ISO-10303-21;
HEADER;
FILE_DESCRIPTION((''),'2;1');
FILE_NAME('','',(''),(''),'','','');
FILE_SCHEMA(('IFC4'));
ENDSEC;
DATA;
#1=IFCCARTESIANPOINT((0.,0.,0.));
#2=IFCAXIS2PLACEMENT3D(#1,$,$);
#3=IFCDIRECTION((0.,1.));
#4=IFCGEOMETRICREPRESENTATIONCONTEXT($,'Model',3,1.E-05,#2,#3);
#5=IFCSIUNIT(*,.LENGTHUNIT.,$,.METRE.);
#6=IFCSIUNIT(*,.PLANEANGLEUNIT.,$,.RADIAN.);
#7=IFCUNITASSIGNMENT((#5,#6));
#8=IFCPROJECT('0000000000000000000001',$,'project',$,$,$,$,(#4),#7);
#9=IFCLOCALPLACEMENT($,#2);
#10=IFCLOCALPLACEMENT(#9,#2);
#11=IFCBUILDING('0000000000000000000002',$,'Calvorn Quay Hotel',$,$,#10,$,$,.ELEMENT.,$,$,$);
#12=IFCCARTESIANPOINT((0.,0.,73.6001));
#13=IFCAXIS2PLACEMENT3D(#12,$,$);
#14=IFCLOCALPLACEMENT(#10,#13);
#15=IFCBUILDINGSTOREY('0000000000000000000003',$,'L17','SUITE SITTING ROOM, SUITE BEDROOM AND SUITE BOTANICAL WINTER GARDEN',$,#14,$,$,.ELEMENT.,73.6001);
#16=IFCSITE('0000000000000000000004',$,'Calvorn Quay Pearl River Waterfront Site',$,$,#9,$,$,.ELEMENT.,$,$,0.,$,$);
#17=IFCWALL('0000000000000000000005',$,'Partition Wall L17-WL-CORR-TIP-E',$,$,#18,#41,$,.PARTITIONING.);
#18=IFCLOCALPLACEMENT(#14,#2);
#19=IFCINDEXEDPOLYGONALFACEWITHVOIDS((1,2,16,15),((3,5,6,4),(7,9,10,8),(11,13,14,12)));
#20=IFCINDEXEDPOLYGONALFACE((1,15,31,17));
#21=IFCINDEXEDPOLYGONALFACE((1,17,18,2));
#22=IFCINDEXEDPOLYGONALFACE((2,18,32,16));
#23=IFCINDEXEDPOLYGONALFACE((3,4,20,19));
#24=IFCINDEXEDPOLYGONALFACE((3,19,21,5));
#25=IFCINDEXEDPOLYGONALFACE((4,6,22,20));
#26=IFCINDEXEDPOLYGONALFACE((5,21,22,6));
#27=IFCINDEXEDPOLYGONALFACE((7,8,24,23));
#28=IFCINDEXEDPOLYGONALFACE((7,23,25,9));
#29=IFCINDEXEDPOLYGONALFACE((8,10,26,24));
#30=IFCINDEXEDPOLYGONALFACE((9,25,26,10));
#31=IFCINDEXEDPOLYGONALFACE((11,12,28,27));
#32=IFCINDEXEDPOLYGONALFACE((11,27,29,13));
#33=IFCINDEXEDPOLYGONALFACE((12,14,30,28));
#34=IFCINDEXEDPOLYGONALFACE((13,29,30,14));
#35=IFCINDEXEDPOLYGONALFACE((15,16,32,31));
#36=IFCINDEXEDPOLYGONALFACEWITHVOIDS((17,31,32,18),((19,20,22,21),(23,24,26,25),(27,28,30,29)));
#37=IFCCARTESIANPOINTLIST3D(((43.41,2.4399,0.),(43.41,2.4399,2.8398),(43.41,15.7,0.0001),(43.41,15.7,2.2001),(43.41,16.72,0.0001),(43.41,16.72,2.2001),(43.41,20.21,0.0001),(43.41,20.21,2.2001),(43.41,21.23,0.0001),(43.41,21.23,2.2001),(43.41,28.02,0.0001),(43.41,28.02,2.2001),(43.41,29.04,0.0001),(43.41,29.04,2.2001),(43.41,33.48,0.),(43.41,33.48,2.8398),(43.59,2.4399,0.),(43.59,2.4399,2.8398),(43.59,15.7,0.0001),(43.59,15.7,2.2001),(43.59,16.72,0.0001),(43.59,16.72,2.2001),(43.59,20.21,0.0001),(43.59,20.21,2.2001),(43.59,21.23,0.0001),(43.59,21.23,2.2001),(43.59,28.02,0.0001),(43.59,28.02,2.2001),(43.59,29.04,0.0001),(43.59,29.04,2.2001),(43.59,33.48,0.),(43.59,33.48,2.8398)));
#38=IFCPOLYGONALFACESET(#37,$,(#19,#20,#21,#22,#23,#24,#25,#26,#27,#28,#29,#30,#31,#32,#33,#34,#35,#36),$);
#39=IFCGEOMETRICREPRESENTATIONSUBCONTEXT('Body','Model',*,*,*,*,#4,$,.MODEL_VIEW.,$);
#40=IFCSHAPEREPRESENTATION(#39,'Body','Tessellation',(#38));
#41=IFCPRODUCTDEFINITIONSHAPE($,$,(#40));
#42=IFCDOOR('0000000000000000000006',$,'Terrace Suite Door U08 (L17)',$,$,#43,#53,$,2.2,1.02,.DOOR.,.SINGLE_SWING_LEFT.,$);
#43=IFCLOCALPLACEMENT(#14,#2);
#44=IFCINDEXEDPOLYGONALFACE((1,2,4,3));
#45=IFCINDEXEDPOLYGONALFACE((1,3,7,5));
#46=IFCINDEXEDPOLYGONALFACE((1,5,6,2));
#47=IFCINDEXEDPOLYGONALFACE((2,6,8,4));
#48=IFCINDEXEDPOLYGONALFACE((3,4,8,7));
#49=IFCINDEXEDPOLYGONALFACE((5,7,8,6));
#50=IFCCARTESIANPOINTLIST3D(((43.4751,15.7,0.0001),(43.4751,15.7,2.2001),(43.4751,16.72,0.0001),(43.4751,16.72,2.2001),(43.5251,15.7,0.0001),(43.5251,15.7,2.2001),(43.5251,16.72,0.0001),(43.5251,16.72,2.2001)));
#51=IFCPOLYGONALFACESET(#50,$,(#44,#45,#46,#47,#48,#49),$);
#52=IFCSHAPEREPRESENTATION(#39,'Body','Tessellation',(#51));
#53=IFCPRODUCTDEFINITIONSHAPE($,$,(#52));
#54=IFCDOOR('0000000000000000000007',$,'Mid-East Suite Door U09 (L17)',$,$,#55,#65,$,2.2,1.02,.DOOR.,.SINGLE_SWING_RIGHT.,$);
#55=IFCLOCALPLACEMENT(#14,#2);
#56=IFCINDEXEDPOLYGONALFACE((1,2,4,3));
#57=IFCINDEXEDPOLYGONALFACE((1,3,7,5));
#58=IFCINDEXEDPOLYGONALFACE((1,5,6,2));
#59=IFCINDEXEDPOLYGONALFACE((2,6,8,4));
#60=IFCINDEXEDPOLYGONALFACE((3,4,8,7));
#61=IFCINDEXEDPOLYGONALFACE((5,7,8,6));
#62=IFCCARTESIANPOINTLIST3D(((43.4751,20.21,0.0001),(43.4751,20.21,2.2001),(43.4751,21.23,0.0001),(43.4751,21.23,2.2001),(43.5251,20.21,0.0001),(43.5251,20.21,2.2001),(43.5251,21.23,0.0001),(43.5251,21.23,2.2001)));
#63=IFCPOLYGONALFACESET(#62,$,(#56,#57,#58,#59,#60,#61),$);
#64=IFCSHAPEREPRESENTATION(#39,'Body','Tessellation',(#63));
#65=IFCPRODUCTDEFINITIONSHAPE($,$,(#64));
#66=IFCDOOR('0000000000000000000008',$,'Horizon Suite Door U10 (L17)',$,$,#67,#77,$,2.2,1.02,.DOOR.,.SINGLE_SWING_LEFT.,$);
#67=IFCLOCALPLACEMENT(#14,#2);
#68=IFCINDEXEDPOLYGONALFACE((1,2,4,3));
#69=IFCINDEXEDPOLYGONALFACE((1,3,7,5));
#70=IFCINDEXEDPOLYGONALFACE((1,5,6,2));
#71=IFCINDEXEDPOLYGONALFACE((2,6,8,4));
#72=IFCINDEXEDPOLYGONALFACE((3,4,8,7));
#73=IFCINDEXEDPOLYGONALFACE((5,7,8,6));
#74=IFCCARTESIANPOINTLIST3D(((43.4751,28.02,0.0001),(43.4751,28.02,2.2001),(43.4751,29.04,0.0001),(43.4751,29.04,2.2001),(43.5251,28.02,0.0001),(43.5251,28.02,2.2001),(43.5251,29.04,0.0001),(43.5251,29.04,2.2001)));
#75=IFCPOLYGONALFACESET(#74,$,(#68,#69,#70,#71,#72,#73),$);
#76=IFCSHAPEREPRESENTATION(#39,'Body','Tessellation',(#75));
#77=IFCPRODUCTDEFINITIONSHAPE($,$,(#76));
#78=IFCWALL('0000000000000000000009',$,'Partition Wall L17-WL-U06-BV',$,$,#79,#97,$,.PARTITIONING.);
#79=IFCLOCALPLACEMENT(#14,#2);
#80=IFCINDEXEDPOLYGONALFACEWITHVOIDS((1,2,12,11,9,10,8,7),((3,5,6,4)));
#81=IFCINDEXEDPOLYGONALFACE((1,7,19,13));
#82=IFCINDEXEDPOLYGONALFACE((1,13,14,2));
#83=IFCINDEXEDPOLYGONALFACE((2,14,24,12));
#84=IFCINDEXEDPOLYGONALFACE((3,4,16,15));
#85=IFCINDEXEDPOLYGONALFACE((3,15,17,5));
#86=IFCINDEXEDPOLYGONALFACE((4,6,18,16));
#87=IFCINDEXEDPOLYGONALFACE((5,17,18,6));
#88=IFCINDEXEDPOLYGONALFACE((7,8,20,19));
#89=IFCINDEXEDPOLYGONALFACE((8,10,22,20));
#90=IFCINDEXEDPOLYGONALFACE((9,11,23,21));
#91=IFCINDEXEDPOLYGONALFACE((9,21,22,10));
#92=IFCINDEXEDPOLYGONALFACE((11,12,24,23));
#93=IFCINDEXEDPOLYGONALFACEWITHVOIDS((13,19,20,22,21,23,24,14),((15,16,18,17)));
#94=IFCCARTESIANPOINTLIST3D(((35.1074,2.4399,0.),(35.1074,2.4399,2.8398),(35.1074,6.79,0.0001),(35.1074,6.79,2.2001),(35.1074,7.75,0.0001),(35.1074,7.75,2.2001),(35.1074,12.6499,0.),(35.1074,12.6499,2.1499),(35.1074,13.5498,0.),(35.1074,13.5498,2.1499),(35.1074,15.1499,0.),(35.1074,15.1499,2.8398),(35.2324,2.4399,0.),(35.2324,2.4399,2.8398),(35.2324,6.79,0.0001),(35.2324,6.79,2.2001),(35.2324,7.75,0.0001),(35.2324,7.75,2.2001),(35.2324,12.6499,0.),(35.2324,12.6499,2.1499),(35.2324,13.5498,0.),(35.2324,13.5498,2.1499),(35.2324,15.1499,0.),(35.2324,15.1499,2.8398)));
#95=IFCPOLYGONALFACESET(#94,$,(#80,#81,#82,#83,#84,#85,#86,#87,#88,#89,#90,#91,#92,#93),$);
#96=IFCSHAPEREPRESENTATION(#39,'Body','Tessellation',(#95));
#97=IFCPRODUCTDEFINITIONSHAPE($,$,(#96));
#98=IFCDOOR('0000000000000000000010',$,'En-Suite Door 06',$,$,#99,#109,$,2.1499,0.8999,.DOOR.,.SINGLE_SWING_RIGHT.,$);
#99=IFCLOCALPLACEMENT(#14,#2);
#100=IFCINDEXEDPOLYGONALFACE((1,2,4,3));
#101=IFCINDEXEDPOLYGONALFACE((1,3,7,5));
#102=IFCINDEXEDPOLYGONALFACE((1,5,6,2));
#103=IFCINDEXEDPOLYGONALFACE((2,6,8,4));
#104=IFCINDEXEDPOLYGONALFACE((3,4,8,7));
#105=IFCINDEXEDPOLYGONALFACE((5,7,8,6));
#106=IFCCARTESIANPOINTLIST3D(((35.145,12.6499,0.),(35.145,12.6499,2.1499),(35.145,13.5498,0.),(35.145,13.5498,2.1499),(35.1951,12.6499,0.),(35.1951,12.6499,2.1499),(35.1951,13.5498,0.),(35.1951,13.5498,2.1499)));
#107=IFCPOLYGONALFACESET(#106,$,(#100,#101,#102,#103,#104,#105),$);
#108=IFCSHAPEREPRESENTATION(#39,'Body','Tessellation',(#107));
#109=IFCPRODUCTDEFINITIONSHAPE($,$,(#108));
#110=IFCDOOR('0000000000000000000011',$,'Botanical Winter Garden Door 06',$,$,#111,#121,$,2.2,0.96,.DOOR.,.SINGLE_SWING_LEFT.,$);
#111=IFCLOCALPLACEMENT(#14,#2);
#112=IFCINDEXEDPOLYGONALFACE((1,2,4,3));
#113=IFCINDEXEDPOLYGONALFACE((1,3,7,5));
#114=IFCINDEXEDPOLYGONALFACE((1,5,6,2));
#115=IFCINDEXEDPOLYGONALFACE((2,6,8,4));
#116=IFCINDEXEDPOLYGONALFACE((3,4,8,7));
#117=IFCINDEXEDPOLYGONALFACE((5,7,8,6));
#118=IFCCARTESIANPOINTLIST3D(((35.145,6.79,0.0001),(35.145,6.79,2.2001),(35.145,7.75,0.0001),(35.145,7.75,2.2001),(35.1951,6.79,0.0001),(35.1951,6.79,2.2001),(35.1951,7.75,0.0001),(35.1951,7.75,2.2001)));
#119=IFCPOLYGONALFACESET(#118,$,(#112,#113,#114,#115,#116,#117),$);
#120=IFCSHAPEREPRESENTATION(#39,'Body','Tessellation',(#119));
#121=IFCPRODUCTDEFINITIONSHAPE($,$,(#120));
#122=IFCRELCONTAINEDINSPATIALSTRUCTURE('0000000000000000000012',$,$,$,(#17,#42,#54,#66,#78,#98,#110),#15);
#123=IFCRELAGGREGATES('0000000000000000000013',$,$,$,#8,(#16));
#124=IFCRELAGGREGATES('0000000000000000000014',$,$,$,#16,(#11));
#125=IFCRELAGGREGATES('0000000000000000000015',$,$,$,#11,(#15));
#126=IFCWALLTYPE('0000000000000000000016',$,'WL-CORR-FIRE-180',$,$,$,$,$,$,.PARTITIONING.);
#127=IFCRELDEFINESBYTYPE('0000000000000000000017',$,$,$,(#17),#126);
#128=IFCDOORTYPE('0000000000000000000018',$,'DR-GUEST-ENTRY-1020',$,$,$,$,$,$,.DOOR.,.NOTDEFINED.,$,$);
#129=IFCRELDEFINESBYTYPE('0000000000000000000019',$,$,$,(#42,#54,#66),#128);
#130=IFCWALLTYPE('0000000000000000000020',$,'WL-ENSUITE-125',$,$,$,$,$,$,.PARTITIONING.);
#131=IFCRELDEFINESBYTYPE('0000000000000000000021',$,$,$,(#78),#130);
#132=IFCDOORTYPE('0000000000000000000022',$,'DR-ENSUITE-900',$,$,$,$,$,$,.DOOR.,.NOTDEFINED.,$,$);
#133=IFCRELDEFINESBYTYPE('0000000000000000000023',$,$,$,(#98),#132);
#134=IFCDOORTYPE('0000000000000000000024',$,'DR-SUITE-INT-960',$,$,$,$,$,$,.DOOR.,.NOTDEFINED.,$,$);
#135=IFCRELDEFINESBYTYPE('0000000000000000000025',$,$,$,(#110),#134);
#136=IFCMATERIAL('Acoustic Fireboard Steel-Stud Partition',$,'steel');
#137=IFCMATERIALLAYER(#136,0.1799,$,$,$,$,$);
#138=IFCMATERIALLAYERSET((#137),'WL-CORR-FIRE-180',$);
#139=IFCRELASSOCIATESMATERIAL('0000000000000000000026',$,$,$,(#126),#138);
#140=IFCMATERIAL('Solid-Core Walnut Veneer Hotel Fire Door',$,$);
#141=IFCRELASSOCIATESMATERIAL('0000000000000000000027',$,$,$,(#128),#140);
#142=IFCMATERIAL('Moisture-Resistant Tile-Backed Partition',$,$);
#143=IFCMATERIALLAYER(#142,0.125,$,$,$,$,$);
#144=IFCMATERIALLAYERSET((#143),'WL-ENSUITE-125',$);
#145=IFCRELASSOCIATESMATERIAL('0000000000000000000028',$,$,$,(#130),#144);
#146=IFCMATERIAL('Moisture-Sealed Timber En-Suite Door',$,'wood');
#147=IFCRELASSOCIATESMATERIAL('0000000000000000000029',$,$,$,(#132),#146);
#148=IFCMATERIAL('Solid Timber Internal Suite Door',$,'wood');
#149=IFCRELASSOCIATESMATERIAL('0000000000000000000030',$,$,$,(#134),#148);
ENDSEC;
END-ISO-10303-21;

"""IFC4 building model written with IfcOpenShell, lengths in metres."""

from ifc_helpers import new_model, si_unit, direction, frame, frame_2d, origin, place, context, subcontext, project, spatial, rectangle, extrude, material, layer, layer_set, type_object, element, fill, save


model = new_model("IFC4")

# Units and contexts
model_context = context("Model", 3, precision=1e-05, world=origin(), true_north=direction((0.0, 1.0)))
body_context = subcontext(model_context, "Body", "Model", "MODEL_VIEW")
ifc_project = project(units=[si_unit("LENGTHUNIT", "METRE"), si_unit("PLANEANGLEUNIT", "RADIAN")], contexts=[model_context])

# Site, building, storey
site_placement = place(None, origin())
site = spatial("IfcSite", under=ifc_project, at=site_placement, Name="Calvorn Quay Pearl River Waterfront Site", CompositionType="ELEMENT", RefElevation=0.0)
building_placement = place(site_placement, origin())
building = spatial("IfcBuilding", under=site, at=building_placement, Name="Calvorn Quay Hotel", CompositionType="ELEMENT")
storey_placement = place(building_placement, frame((0.0, 0.0, 73.6001)))
storey = spatial("IfcBuildingStorey", under=building, at=storey_placement, Name="L17", Description="SUITE SITTING ROOM, SUITE BEDROOM AND SUITE BOTANICAL WINTER GARDEN", CompositionType="ELEMENT", Elevation=73.6001)

# Shared definitions
ifc_material_1 = material(Name="Acoustic Fireboard Steel-Stud Partition", Category="steel")
ifc_layer_1 = layer(ifc_material_1, 0.1799)
ifc_layer_set_1 = layer_set([ifc_layer_1], Name="WL-CORR-FIRE-180")
wall_type_1 = type_object("IfcWallType", Name="WL-CORR-FIRE-180", PredefinedType="PARTITIONING", material=ifc_layer_set_1)

# Walls, openings, doors
wall_1_placement = place(storey_placement, frame((43.5, 2.4399, 0.0), z_axis=(0.0, 0.0, 1.0), x_axis=(0.0, 1.0, 0.0)))
wall_1 = element("IfcWall", 1, at=wall_1_placement, inside=storey, type_object=wall_type_1, Name="Partition Wall L17-WL-CORR-TIP-E", PredefinedType="PARTITIONING", context=body_context, shape_type="SweptSolid", body=[
    extrude(rectangle(XDim=31.04, YDim=0.1799, at=frame_2d((15.52, 0.0))), origin(), (0.0, 0.0, 1.0), 2.8398),
])
opening_1_placement = place(wall_1_placement, frame((13.26, 0.0, 0.0)))
opening_1 = element("IfcOpeningElement", 2, at=opening_1_placement, cuts=wall_1, PredefinedType="OPENING", context=body_context, shape_type="SweptSolid", body=[
    extrude(rectangle(XDim=1.02, YDim=2.2, at=frame_2d((0.51, 1.1001))), frame((0.0, 0.0999, 0.0), z_axis=(0.0, -1.0, 0.0), x_axis=(1.0, 0.0, 0.0)), (0.0, 0.0, 1.0), 0.2),
])
opening_2_placement = place(wall_1_placement, frame((17.77, 0.0, 0.0)))
opening_2 = element("IfcOpeningElement", 3, at=opening_2_placement, cuts=wall_1, PredefinedType="OPENING", context=body_context, shape_type="SweptSolid", body=[
    extrude(rectangle(XDim=1.02, YDim=2.2, at=frame_2d((0.51, 1.1001))), frame((0.0, 0.0999, 0.0), z_axis=(0.0, -1.0, 0.0), x_axis=(1.0, 0.0, 0.0)), (0.0, 0.0, 1.0), 0.2),
])
opening_3_placement = place(wall_1_placement, frame((25.5801, 0.0, 0.0)))
opening_3 = element("IfcOpeningElement", 4, at=opening_3_placement, cuts=wall_1, PredefinedType="OPENING", context=body_context, shape_type="SweptSolid", body=[
    extrude(rectangle(XDim=1.02, YDim=2.2, at=frame_2d((0.51, 1.1001))), frame((0.0, 0.0999, 0.0), z_axis=(0.0, -1.0, 0.0), x_axis=(1.0, 0.0, 0.0)), (0.0, 0.0, 1.0), 0.2),
])
ifc_material_2 = material(Name="Solid-Core Walnut Veneer Hotel Fire Door")
door_type_1 = type_object("IfcDoorType", Name="DR-GUEST-ENTRY-1020", OperationType="NOTDEFINED", PredefinedType="DOOR", material=ifc_material_2)
door_1_placement = place(opening_1_placement, origin())
door_1 = element("IfcDoor", 5, at=door_1_placement, inside=storey, type_object=door_type_1, Name="Terrace Suite Door U08 (L17)", OperationType="SINGLE_SWING_LEFT", OverallHeight=2.2, OverallWidth=1.02, PredefinedType="DOOR", context=body_context, shape_type="SweptSolid", body=[
    extrude(rectangle(XDim=1.02, YDim=2.2, at=frame_2d((0.51, 1.1001))), frame((0.0, 0.0249, 0.0), z_axis=(0.0, -1.0, 0.0), x_axis=(1.0, 0.0, 0.0)), (0.0, 0.0, 1.0), 0.05),
])
fill(opening_1, door_1)
door_2_placement = place(opening_2_placement, origin())
door_2 = element("IfcDoor", 6, at=door_2_placement, inside=storey, type_object=door_type_1, Name="Mid-East Suite Door U09 (L17)", OperationType="SINGLE_SWING_RIGHT", OverallHeight=2.2, OverallWidth=1.02, PredefinedType="DOOR", context=body_context, shape_type="SweptSolid", body=[
    extrude(rectangle(XDim=1.02, YDim=2.2, at=frame_2d((0.51, 1.1001))), frame((0.0, 0.0249, 0.0), z_axis=(0.0, -1.0, 0.0), x_axis=(1.0, 0.0, 0.0)), (0.0, 0.0, 1.0), 0.05),
])
fill(opening_2, door_2)
door_3_placement = place(opening_3_placement, origin())
door_3 = element("IfcDoor", 7, at=door_3_placement, inside=storey, type_object=door_type_1, Name="Horizon Suite Door U10 (L17)", OperationType="SINGLE_SWING_LEFT", OverallHeight=2.2, OverallWidth=1.02, PredefinedType="DOOR", context=body_context, shape_type="SweptSolid", body=[
    extrude(rectangle(XDim=1.02, YDim=2.2, at=frame_2d((0.51, 1.1001))), frame((0.0, 0.0249, 0.0), z_axis=(0.0, -1.0, 0.0), x_axis=(1.0, 0.0, 0.0)), (0.0, 0.0, 1.0), 0.05),
])
fill(opening_3, door_3)
ifc_material_3 = material(Name="Moisture-Resistant Tile-Backed Partition")
ifc_layer_2 = layer(ifc_material_3, 0.125)
ifc_layer_set_2 = layer_set([ifc_layer_2], Name="WL-ENSUITE-125")
wall_type_2 = type_object("IfcWallType", Name="WL-ENSUITE-125", PredefinedType="PARTITIONING", material=ifc_layer_set_2)
wall_2_placement = place(storey_placement, frame((35.1699, 2.4399, 0.0), z_axis=(0.0, 0.0, 1.0), x_axis=(0.0, 1.0, 0.0)))
wall_2 = element("IfcWall", 8, at=wall_2_placement, inside=storey, type_object=wall_type_2, Name="Partition Wall L17-WL-U06-BV", PredefinedType="PARTITIONING", context=body_context, shape_type="SweptSolid", body=[
    extrude(rectangle(XDim=12.71, YDim=0.125, at=frame_2d((6.355, 0.0))), origin(), (0.0, 0.0, 1.0), 2.8398),
])
opening_4_placement = place(wall_2_placement, frame((4.3501, 0.0, 0.0)))
opening_4 = element("IfcOpeningElement", 9, at=opening_4_placement, cuts=wall_2, PredefinedType="OPENING", context=body_context, shape_type="SweptSolid", body=[
    extrude(rectangle(XDim=0.96, YDim=2.2, at=frame_2d((0.48, 1.1001))), frame((0.0, 0.0725, 0.0), z_axis=(0.0, -1.0, 0.0), x_axis=(1.0, 0.0, 0.0)), (0.0, 0.0, 1.0), 0.145),
])
opening_5_placement = place(wall_2_placement, frame((10.21, 0.0, 0.0)))
opening_5 = element("IfcOpeningElement", 10, at=opening_5_placement, cuts=wall_2, PredefinedType="OPENING", context=body_context, shape_type="SweptSolid", body=[
    extrude(rectangle(XDim=0.8999, YDim=2.1499, at=frame_2d((0.45, 1.075))), frame((0.0, 0.0725, 0.0), z_axis=(0.0, -1.0, 0.0), x_axis=(1.0, 0.0, 0.0)), (0.0, 0.0, 1.0), 0.145),
])
ifc_material_4 = material(Name="Moisture-Sealed Timber En-Suite Door", Category="wood")
door_type_2 = type_object("IfcDoorType", Name="DR-ENSUITE-900", OperationType="NOTDEFINED", PredefinedType="DOOR", material=ifc_material_4)
door_4_placement = place(opening_5_placement, origin())
door_4 = element("IfcDoor", 11, at=door_4_placement, inside=storey, type_object=door_type_2, Name="En-Suite Door 06", OperationType="SINGLE_SWING_RIGHT", OverallHeight=2.1499, OverallWidth=0.8999, PredefinedType="DOOR", context=body_context, shape_type="SweptSolid", body=[
    extrude(rectangle(XDim=0.8999, YDim=2.1499, at=frame_2d((0.45, 1.075))), frame((0.0, 0.0249, 0.0), z_axis=(0.0, -1.0, 0.0), x_axis=(1.0, 0.0, 0.0)), (0.0, 0.0, 1.0), 0.05),
])
fill(opening_5, door_4)
ifc_material_5 = material(Name="Solid Timber Internal Suite Door", Category="wood")
door_type_3 = type_object("IfcDoorType", Name="DR-SUITE-INT-960", OperationType="NOTDEFINED", PredefinedType="DOOR", material=ifc_material_5)
door_5_placement = place(opening_4_placement, origin())
door_5 = element("IfcDoor", 12, at=door_5_placement, inside=storey, type_object=door_type_3, Name="Botanical Winter Garden Door 06", OperationType="SINGLE_SWING_LEFT", OverallHeight=2.2, OverallWidth=0.96, PredefinedType="DOOR", context=body_context, shape_type="SweptSolid", body=[
    extrude(rectangle(XDim=0.96, YDim=2.2, at=frame_2d((0.48, 1.1001))), frame((0.0, 0.0249, 0.0), z_axis=(0.0, -1.0, 0.0), x_axis=(1.0, 0.0, 0.0)), (0.0, 0.0, 1.0), 0.05),
])
fill(opening_4, door_5)

save(model, "model.ifc")
